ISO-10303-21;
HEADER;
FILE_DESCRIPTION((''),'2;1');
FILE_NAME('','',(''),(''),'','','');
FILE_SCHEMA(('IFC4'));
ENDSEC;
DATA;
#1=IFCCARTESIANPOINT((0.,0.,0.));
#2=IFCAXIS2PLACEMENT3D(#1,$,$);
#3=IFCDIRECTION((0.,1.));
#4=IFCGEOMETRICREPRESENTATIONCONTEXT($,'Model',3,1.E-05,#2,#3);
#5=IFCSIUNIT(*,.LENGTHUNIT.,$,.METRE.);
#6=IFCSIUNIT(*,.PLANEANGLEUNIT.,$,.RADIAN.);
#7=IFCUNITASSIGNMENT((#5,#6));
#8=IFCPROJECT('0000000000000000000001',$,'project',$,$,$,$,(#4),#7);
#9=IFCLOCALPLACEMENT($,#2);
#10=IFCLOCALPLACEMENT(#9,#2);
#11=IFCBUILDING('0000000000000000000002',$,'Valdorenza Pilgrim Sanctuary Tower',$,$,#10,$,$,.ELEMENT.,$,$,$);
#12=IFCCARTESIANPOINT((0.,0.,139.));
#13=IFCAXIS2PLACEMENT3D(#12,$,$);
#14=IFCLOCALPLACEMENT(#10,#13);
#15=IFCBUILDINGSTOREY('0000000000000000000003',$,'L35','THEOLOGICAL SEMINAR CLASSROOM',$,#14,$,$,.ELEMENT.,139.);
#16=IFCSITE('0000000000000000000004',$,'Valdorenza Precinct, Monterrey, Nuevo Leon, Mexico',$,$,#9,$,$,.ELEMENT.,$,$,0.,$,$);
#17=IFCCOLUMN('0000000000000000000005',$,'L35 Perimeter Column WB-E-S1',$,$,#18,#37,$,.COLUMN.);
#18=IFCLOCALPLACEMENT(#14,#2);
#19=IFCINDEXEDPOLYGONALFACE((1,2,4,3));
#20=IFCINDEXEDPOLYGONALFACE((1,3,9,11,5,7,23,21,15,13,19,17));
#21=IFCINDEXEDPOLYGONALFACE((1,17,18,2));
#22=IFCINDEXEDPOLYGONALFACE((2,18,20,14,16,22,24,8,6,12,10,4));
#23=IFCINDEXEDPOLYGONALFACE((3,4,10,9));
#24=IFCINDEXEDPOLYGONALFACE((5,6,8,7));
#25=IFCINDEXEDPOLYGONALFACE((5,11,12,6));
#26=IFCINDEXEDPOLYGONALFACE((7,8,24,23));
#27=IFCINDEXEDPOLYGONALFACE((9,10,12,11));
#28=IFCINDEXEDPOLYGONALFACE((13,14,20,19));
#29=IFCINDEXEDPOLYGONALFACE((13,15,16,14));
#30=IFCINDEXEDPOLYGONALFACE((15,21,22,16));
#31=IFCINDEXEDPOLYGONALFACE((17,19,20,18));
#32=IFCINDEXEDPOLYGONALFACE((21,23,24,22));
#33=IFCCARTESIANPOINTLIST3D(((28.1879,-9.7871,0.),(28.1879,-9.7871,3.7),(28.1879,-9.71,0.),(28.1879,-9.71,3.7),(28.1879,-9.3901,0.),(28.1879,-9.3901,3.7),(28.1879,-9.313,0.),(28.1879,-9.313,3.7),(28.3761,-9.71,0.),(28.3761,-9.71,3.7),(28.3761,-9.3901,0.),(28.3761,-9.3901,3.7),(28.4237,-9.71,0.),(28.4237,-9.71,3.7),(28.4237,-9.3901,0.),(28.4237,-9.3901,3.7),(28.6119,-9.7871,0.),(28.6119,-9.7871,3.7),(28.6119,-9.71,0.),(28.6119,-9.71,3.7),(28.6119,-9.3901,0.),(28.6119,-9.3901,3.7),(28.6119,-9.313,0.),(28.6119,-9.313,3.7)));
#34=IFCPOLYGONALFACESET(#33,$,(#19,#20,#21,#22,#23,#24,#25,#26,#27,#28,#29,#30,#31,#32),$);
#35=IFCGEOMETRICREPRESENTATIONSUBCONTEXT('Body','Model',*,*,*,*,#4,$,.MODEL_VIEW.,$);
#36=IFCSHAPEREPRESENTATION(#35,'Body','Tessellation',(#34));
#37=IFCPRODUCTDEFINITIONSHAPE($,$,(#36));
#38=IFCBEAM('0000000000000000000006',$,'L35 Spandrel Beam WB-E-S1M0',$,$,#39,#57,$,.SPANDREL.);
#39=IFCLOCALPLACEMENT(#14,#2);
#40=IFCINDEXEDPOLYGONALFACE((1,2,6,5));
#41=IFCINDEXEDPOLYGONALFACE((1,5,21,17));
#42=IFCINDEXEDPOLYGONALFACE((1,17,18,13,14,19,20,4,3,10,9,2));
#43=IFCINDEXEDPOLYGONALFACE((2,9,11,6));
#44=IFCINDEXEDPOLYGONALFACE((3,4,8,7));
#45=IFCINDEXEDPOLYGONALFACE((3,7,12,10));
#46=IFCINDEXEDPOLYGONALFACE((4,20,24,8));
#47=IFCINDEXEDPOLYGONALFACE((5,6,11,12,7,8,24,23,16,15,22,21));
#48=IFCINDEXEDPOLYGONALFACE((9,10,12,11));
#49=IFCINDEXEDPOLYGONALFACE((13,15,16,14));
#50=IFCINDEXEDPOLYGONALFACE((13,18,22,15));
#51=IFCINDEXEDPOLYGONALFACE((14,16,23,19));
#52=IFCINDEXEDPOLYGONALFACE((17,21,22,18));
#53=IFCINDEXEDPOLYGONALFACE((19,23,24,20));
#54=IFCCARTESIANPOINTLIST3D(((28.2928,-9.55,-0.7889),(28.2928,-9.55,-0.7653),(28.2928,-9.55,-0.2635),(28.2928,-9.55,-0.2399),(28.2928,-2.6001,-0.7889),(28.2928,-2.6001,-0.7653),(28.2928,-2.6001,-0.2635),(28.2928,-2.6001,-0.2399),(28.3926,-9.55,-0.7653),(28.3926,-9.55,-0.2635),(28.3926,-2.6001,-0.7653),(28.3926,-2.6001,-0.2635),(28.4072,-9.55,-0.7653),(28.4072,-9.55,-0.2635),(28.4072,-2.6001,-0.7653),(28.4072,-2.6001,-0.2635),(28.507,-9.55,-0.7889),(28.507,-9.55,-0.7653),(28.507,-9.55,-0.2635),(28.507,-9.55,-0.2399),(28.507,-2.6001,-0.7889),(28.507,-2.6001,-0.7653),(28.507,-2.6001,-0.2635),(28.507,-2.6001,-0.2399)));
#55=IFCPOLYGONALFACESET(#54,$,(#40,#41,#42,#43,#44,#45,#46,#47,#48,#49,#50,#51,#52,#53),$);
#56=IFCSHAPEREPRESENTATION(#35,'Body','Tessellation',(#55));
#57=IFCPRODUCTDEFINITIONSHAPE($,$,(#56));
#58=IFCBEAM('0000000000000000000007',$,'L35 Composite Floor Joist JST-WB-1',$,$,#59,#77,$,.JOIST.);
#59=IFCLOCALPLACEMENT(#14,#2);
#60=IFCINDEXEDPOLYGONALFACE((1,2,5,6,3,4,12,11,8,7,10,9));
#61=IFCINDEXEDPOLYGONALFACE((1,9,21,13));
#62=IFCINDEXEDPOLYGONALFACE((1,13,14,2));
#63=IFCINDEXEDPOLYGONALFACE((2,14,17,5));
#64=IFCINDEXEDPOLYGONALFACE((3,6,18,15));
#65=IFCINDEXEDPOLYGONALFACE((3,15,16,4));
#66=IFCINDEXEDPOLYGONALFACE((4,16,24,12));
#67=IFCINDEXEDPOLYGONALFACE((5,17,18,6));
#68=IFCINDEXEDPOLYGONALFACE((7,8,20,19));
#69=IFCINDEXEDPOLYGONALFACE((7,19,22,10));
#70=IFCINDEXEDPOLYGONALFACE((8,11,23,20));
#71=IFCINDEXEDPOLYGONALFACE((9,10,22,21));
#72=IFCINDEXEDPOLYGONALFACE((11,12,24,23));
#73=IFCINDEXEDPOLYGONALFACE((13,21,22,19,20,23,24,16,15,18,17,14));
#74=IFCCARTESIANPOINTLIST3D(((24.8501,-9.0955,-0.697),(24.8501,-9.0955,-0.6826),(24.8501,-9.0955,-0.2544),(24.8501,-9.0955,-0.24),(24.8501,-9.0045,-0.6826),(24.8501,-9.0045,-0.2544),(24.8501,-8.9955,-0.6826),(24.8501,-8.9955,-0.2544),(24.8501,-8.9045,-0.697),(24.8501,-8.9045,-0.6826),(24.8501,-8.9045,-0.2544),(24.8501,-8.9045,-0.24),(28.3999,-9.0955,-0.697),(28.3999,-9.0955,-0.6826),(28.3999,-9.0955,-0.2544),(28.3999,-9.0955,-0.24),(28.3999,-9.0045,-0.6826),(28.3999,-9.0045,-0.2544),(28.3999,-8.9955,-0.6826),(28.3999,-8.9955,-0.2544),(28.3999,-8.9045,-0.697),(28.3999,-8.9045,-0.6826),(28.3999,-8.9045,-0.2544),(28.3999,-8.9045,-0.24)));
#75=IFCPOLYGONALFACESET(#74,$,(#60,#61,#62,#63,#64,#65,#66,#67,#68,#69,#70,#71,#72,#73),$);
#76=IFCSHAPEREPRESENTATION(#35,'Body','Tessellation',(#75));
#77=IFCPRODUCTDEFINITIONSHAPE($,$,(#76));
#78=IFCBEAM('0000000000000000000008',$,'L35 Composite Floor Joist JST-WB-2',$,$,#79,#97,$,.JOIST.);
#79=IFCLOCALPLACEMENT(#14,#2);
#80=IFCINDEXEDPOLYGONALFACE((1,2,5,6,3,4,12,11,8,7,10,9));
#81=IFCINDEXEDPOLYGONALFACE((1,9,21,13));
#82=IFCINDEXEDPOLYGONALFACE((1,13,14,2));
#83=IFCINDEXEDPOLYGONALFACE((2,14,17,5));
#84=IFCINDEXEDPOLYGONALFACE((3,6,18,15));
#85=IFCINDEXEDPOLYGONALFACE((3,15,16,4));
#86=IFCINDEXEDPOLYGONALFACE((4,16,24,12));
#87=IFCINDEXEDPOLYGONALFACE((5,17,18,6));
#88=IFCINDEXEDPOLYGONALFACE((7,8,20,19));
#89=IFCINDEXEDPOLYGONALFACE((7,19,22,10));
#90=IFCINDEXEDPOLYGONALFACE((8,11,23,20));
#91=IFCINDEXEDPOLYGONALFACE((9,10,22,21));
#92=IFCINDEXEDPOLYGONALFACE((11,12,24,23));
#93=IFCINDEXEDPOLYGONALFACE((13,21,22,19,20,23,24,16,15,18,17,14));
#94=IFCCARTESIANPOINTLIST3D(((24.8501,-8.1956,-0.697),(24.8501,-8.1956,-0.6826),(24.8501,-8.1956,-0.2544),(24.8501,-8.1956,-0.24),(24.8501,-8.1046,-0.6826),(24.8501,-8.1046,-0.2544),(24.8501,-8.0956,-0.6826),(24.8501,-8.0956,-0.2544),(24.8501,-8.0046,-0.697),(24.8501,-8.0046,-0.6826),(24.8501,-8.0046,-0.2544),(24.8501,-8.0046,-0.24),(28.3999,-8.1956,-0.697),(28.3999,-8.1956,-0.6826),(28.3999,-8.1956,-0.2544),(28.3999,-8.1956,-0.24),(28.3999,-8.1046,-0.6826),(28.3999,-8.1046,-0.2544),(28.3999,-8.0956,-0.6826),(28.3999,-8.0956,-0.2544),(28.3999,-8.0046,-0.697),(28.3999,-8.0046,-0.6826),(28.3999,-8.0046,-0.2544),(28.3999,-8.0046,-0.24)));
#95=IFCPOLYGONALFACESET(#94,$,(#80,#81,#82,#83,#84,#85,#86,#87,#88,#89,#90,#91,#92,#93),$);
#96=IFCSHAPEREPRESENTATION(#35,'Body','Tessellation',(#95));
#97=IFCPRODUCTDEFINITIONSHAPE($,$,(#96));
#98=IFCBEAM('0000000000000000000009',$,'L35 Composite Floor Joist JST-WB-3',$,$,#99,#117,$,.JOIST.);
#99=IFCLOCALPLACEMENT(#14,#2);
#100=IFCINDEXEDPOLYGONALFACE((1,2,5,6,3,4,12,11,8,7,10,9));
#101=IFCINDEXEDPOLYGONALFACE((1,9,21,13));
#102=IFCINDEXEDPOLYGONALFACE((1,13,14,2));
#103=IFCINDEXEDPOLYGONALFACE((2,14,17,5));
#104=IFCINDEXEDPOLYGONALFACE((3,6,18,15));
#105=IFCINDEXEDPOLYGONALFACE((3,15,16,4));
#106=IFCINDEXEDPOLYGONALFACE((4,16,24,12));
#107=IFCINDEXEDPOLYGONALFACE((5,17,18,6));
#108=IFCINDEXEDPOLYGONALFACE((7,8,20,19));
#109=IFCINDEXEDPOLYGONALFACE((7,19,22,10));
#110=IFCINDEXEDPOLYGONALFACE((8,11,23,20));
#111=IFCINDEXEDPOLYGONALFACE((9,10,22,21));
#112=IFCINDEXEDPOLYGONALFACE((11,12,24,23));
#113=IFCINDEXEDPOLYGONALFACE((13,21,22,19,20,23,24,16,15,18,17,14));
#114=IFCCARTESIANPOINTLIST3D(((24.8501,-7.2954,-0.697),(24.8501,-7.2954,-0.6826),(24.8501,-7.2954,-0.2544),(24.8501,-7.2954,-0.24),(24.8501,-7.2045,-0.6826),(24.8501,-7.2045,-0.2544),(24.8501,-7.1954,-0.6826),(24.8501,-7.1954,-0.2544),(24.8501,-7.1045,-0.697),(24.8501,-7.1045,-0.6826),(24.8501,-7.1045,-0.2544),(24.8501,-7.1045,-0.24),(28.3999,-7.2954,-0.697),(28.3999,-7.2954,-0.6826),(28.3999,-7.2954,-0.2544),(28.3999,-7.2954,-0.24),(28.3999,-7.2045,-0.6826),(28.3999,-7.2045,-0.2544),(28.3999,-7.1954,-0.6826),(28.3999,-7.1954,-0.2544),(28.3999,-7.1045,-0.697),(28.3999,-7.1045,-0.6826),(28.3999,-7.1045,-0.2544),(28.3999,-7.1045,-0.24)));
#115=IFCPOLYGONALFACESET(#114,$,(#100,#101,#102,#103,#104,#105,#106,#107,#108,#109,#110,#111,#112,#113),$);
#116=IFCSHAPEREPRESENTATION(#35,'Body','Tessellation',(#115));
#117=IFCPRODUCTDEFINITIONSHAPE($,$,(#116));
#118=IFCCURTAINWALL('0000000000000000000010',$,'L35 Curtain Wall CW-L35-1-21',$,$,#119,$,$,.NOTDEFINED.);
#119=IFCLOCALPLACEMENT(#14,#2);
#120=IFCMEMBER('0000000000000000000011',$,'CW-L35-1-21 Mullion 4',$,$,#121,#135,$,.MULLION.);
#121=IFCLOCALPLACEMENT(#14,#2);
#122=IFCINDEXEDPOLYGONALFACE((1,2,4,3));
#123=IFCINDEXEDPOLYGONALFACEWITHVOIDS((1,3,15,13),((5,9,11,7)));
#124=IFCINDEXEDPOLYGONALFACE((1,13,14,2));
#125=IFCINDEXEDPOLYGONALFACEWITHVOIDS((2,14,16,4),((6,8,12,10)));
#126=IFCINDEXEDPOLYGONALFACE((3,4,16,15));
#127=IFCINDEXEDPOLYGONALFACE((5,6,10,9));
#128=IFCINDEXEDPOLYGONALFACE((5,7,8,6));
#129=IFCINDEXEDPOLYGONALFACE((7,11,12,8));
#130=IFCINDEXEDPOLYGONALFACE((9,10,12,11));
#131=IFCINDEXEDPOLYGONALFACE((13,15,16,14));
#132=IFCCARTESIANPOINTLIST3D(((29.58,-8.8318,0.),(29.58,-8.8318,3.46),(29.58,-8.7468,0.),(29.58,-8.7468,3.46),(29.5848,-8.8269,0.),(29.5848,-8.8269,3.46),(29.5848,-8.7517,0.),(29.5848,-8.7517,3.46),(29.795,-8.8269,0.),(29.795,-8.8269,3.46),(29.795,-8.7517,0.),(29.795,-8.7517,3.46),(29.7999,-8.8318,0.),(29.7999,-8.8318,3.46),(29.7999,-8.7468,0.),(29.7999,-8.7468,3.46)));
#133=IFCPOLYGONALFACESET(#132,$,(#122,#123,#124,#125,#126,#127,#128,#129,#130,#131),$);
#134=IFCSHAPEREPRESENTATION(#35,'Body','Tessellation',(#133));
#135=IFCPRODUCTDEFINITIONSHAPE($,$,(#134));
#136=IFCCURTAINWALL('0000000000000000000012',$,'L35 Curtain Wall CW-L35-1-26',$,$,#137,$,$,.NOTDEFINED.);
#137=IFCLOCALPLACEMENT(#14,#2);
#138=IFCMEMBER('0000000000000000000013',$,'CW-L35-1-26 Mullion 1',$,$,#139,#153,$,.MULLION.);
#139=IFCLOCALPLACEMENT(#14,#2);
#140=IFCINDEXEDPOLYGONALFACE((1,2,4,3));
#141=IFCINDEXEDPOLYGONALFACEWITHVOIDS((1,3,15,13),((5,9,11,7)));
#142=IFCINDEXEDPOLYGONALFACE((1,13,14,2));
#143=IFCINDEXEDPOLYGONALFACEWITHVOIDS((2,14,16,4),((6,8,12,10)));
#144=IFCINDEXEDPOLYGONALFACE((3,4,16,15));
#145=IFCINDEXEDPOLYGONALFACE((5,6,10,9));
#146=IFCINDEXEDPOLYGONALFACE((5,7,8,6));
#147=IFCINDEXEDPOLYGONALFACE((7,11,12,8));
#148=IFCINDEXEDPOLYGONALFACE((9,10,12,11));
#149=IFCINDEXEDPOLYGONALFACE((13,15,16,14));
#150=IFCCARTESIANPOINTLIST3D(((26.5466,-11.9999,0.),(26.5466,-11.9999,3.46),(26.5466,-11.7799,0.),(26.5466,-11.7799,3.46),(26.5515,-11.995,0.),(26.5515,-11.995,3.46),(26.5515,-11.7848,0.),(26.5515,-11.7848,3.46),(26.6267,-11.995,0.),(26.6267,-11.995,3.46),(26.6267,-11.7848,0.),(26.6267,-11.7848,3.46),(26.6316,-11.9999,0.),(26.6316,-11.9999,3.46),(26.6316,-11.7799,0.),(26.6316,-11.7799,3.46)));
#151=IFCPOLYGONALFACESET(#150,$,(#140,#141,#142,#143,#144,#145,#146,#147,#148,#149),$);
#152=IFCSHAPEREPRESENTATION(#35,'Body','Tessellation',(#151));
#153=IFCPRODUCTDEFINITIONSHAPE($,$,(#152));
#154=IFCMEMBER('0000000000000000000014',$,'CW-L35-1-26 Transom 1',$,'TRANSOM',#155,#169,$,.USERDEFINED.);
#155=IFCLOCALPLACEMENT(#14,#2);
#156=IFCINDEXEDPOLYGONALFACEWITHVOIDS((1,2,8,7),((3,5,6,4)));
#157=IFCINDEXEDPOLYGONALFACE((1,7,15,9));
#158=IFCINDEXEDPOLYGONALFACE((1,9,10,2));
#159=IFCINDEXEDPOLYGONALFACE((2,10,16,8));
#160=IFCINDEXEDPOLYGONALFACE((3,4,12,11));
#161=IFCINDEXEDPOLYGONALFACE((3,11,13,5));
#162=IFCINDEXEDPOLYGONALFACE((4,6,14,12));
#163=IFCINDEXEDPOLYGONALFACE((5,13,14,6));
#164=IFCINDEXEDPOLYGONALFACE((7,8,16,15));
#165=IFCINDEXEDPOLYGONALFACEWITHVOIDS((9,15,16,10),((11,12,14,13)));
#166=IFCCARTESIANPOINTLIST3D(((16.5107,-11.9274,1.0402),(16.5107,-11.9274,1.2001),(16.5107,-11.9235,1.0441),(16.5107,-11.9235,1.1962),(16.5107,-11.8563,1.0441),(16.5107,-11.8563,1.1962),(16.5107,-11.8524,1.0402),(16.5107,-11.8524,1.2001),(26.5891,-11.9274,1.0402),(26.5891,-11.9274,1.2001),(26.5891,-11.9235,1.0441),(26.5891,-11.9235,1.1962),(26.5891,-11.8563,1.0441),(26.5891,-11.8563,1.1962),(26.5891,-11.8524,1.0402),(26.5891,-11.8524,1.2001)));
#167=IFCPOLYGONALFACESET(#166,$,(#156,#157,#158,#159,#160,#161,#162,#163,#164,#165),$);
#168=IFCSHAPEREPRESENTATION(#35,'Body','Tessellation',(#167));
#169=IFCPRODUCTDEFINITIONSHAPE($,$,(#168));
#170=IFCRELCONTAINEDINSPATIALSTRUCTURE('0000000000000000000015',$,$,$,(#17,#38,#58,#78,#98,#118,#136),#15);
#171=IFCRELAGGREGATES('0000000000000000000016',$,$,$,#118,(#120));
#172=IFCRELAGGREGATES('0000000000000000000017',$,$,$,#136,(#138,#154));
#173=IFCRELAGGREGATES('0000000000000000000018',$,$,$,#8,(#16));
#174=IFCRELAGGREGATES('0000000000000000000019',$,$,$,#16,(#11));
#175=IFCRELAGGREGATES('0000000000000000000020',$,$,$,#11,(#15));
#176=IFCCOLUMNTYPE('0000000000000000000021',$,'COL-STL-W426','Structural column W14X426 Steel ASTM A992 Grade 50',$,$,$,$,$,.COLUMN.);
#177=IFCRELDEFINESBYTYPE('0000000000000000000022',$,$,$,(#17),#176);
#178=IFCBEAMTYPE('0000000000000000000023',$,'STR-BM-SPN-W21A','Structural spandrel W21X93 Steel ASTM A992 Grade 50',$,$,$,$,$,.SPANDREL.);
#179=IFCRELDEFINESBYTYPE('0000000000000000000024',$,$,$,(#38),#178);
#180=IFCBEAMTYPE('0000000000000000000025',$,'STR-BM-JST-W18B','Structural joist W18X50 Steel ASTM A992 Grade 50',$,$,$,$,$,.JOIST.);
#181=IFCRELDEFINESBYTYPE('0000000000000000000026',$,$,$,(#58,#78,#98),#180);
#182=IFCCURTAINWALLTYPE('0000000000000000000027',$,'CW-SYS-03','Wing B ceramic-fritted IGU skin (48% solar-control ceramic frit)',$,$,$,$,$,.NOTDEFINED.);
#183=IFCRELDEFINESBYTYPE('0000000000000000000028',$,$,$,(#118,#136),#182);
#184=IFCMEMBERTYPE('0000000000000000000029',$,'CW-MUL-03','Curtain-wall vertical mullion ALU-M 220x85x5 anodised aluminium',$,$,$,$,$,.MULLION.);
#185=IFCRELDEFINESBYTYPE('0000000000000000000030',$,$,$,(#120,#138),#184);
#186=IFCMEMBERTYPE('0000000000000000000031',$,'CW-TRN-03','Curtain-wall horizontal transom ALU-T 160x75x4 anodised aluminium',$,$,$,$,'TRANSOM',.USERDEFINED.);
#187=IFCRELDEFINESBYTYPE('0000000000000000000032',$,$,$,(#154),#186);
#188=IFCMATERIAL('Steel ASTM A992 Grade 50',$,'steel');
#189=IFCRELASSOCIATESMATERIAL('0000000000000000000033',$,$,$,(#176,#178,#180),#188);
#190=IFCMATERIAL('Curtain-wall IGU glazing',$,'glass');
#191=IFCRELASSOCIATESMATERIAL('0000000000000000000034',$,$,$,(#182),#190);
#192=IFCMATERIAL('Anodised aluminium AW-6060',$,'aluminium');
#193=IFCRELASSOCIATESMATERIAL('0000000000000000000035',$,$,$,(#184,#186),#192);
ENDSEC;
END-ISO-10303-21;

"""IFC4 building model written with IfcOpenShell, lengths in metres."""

from ifc_helpers import new_model, si_unit, direction, frame, origin, origin_2d, place, context, subcontext, project, spatial, hollow_rectangle, i_section, extrude, source, transform, mapped, material, material_profile, profile_set, type_object, element, aggregate, save


model = new_model("IFC4")

# Units and contexts
model_context = context("Model", 3, precision=1e-05, world=origin(), true_north=direction((0.0, 1.0)))
body_context = subcontext(model_context, "Body", "Model", "MODEL_VIEW")
ifc_project = project(units=[si_unit("LENGTHUNIT", "METRE"), si_unit("PLANEANGLEUNIT", "RADIAN")], contexts=[model_context])

# Site, building, storey
site_placement = place(None, origin())
site = spatial("IfcSite", under=ifc_project, at=site_placement, Name="Valdorenza Precinct, Monterrey, Nuevo Leon, Mexico", CompositionType="ELEMENT", RefElevation=0.0)
building_placement = place(site_placement, origin())
building = spatial("IfcBuilding", under=site, at=building_placement, Name="Valdorenza Pilgrim Sanctuary Tower", CompositionType="ELEMENT")
storey_placement = place(building_placement, frame((0.0, 0.0, 139.0)))
storey = spatial("IfcBuildingStorey", under=building, at=storey_placement, Name="L35", Description="THEOLOGICAL SEMINAR CLASSROOM", CompositionType="ELEMENT", Elevation=139.0)

# Column
ifc_material_1 = material(Name="Steel ASTM A992 Grade 50", Category="steel")
ifc_material_profile_1 = material_profile(ifc_material_1, i_section(OverallWidth=0.4241, OverallDepth=0.4741, WebThickness=0.0476, FlangeThickness=0.0771, at=origin_2d()), Name="W14X426")
ifc_profile_set_1 = profile_set([ifc_material_profile_1], Name="Steel ASTM A992 Grade 50")
column_type = type_object("IfcColumnType", Name="COL-STL-W426", Description="Structural column W14X426 Steel ASTM A992 Grade 50", PredefinedType="COLUMN", material=ifc_profile_set_1)
shared_shape_1 = source(origin(), body_context, "Body", "SweptSolid", [
    extrude(i_section(OverallWidth=0.4241, OverallDepth=0.4741, WebThickness=0.0476, FlangeThickness=0.0771, at=origin_2d()), origin(), (0.0, 0.0, 1.0), 3.7),
])
column_placement = place(storey_placement, frame((28.3999, -9.55, 0.0), z_axis=(0.0, 0.0, 1.0), x_axis=(1.0, 0.0, 0.0)))
element("IfcColumn", 1, at=column_placement, inside=storey, type_object=column_type, Name="L35 Perimeter Column WB-E-S1", PredefinedType="COLUMN", context=body_context, shape_type="MappedRepresentation", body=[
    mapped(shared_shape_1, transform((0.0, 0.0, 0.0), x_axis=(1.0, 0.0, 0.0), y_axis=(0.0, 1.0, 0.0), z_axis=(0.0, 0.0, 1.0), scale=1.0)),
])

# Beams
ifc_material_profile_2 = material_profile(ifc_material_1, i_section(OverallWidth=0.2141, OverallDepth=0.5491, WebThickness=0.0146, FlangeThickness=0.0237, at=origin_2d()), Name="W21X93")
ifc_profile_set_2 = profile_set([ifc_material_profile_2], Name="Steel ASTM A992 Grade 50")
beam_type_1 = type_object("IfcBeamType", Name="STR-BM-SPN-W21A", Description="Structural spandrel W21X93 Steel ASTM A992 Grade 50", PredefinedType="SPANDREL", material=ifc_profile_set_2)
shared_shape_2 = source(origin(), body_context, "Body", "SweptSolid", [
    extrude(i_section(OverallWidth=0.2141, OverallDepth=0.5491, WebThickness=0.0146, FlangeThickness=0.0237, at=origin_2d()), origin(), (0.0, 0.0, 1.0), 6.95),
])
beam_placement = place(storey_placement, frame((28.3999, -9.55, -0.5144), z_axis=(0.0, 1.0, 0.0), x_axis=(-1.0, 0.0, 0.0)))
element("IfcBeam", 2, at=beam_placement, inside=storey, type_object=beam_type_1, Name="L35 Spandrel Beam WB-E-S1M0", PredefinedType="SPANDREL", context=body_context, shape_type="MappedRepresentation", body=[
    mapped(shared_shape_2, transform((0.0, 0.0, 0.0), x_axis=(1.0, 0.0, 0.0), y_axis=(0.0, 1.0, 0.0), z_axis=(0.0, 0.0, 1.0), scale=1.0)),
])
ifc_material_profile_3 = material_profile(ifc_material_1, i_section(OverallWidth=0.1909, OverallDepth=0.457, WebThickness=0.009, FlangeThickness=0.0144, at=origin_2d()), Name="W18X50")
ifc_profile_set_3 = profile_set([ifc_material_profile_3], Name="Steel ASTM A992 Grade 50")
beam_type_2 = type_object("IfcBeamType", Name="STR-BM-JST-W18B", Description="Structural joist W18X50 Steel ASTM A992 Grade 50", PredefinedType="JOIST", material=ifc_profile_set_3)
shared_shape_3 = source(origin(), body_context, "Body", "SweptSolid", [
    extrude(i_section(OverallWidth=0.1909, OverallDepth=0.457, WebThickness=0.009, FlangeThickness=0.0144, at=origin_2d()), origin(), (0.0, 0.0, 1.0), 3.5498),
])
for number, where, z_axis, x_axis, name in (
    (3, (24.8501, -9.0, -0.4685), (1.0, 0.0, 0.0), (0.0, 1.0, 0.0), "L35 Composite Floor Joist JST-WB-1"),
    (4, (24.8501, -8.1001, -0.4685), (1.0, 0.0, 0.0), (0.0, 1.0, 0.0), "L35 Composite Floor Joist JST-WB-2"),
    (5, (24.8501, -7.2, -0.4685), (1.0, 0.0, 0.0), (0.0, 1.0, 0.0), "L35 Composite Floor Joist JST-WB-3"),
):
    element("IfcBeam", number, at=place(storey_placement, frame(where, z_axis=z_axis, x_axis=x_axis)), inside=storey, type_object=beam_type_2, Name=name, PredefinedType="JOIST", context=body_context, shape_type="MappedRepresentation", body=[
        mapped(shared_shape_3, transform((0.0, 0.0, 0.0), x_axis=(1.0, 0.0, 0.0), y_axis=(0.0, 1.0, 0.0), z_axis=(0.0, 0.0, 1.0), scale=1.0)),
    ])

# Curtain wall, member
ifc_material_2 = material(Name="Curtain-wall IGU glazing", Category="glass")
curtain_wall_type = type_object("IfcCurtainWallType", Name="CW-SYS-03", Description="Wing B ceramic-fritted IGU skin (48% solar-control ceramic frit)", PredefinedType="NOTDEFINED", material=ifc_material_2)
curtain_wall_1_placement = place(storey_placement, origin())
curtain_wall_1 = element("IfcCurtainWall", 6, at=curtain_wall_1_placement, inside=storey, type_object=curtain_wall_type, Name="L35 Curtain Wall CW-L35-1-21", PredefinedType="NOTDEFINED")
ifc_material_3 = material(Name="Anodised aluminium AW-6060", Category="aluminium")
ifc_material_profile_4 = material_profile(ifc_material_3, hollow_rectangle(XDim=0.085, YDim=0.22, WallThickness=0.0049, at=origin_2d()), Name="ALU-M 220x85x5")
ifc_profile_set_4 = profile_set([ifc_material_profile_4], Name="Anodised aluminium AW-6060")
member_type_1 = type_object("IfcMemberType", Name="CW-MUL-03", Description="Curtain-wall vertical mullion ALU-M 220x85x5 anodised aluminium", PredefinedType="MULLION", material=ifc_profile_set_4)
shared_shape_4 = source(origin(), body_context, "Body", "SweptSolid", [
    extrude(hollow_rectangle(XDim=0.085, YDim=0.22, WallThickness=0.0049, at=origin_2d()), origin(), (0.0, 0.0, 1.0), 3.46),
])
member_1_placement = place(storey_placement, frame((29.6899, -8.7893, 0.0), z_axis=(0.0, 0.0, 1.0), x_axis=(0.0, -1.0, 0.0)))
member_1 = element("IfcMember", 7, at=member_1_placement, type_object=member_type_1, Name="CW-L35-1-21 Mullion 4", PredefinedType="MULLION", context=body_context, shape_type="MappedRepresentation", body=[
    mapped(shared_shape_4, transform((0.0, 0.0, 0.0), x_axis=(1.0, 0.0, 0.0), y_axis=(0.0, 1.0, 0.0), z_axis=(0.0, 0.0, 1.0), scale=1.0)),
])
aggregate(curtain_wall_1, [member_1])

# Curtain wall, members
curtain_wall_2_placement = place(storey_placement, origin())
curtain_wall_2 = element("IfcCurtainWall", 8, at=curtain_wall_2_placement, inside=storey, type_object=curtain_wall_type, Name="L35 Curtain Wall CW-L35-1-26", PredefinedType="NOTDEFINED")
member_2_placement = place(storey_placement, frame((26.5891, -11.8899, 0.0), z_axis=(0.0, 0.0, 1.0), x_axis=(-1.0, 0.0, 0.0)))
member_2 = element("IfcMember", 9, at=member_2_placement, type_object=member_type_1, Name="CW-L35-1-26 Mullion 1", PredefinedType="MULLION", context=body_context, shape_type="MappedRepresentation", body=[
    mapped(shared_shape_4, transform((0.0, 0.0, 0.0), x_axis=(1.0, 0.0, 0.0), y_axis=(0.0, 1.0, 0.0), z_axis=(0.0, 0.0, 1.0), scale=1.0)),
])
ifc_material_profile_5 = material_profile(ifc_material_3, hollow_rectangle(XDim=0.075, YDim=0.1599, WallThickness=0.0039, at=origin_2d()), Name="ALU-T 160x75x4")
ifc_profile_set_5 = profile_set([ifc_material_profile_5], Name="Anodised aluminium AW-6060")
member_type_2 = type_object("IfcMemberType", Name="CW-TRN-03", Description="Curtain-wall horizontal transom ALU-T 160x75x4 anodised aluminium", ElementType="TRANSOM", PredefinedType="USERDEFINED", material=ifc_profile_set_5)
shared_shape_5 = source(origin(), body_context, "Body", "SweptSolid", [
    extrude(hollow_rectangle(XDim=0.075, YDim=0.1599, WallThickness=0.0039, at=origin_2d()), origin(), (0.0, 0.0, 1.0), 10.0784),
])
member_3_placement = place(storey_placement, frame((26.5891, -11.8899, 1.1201), z_axis=(-1.0, 0.0, 0.0), x_axis=(0.0, -1.0, 0.0)))
member_3 = element("IfcMember", 10, at=member_3_placement, type_object=member_type_2, Name="CW-L35-1-26 Transom 1", ObjectType="TRANSOM", PredefinedType="USERDEFINED", context=body_context, shape_type="MappedRepresentation", body=[
    mapped(shared_shape_5, transform((0.0, 0.0, 0.0), x_axis=(1.0, 0.0, 0.0), y_axis=(0.0, 1.0, 0.0), z_axis=(0.0, 0.0, 1.0), scale=1.0)),
])
aggregate(curtain_wall_2, [member_2, member_3])

save(model, "model.ifc")
